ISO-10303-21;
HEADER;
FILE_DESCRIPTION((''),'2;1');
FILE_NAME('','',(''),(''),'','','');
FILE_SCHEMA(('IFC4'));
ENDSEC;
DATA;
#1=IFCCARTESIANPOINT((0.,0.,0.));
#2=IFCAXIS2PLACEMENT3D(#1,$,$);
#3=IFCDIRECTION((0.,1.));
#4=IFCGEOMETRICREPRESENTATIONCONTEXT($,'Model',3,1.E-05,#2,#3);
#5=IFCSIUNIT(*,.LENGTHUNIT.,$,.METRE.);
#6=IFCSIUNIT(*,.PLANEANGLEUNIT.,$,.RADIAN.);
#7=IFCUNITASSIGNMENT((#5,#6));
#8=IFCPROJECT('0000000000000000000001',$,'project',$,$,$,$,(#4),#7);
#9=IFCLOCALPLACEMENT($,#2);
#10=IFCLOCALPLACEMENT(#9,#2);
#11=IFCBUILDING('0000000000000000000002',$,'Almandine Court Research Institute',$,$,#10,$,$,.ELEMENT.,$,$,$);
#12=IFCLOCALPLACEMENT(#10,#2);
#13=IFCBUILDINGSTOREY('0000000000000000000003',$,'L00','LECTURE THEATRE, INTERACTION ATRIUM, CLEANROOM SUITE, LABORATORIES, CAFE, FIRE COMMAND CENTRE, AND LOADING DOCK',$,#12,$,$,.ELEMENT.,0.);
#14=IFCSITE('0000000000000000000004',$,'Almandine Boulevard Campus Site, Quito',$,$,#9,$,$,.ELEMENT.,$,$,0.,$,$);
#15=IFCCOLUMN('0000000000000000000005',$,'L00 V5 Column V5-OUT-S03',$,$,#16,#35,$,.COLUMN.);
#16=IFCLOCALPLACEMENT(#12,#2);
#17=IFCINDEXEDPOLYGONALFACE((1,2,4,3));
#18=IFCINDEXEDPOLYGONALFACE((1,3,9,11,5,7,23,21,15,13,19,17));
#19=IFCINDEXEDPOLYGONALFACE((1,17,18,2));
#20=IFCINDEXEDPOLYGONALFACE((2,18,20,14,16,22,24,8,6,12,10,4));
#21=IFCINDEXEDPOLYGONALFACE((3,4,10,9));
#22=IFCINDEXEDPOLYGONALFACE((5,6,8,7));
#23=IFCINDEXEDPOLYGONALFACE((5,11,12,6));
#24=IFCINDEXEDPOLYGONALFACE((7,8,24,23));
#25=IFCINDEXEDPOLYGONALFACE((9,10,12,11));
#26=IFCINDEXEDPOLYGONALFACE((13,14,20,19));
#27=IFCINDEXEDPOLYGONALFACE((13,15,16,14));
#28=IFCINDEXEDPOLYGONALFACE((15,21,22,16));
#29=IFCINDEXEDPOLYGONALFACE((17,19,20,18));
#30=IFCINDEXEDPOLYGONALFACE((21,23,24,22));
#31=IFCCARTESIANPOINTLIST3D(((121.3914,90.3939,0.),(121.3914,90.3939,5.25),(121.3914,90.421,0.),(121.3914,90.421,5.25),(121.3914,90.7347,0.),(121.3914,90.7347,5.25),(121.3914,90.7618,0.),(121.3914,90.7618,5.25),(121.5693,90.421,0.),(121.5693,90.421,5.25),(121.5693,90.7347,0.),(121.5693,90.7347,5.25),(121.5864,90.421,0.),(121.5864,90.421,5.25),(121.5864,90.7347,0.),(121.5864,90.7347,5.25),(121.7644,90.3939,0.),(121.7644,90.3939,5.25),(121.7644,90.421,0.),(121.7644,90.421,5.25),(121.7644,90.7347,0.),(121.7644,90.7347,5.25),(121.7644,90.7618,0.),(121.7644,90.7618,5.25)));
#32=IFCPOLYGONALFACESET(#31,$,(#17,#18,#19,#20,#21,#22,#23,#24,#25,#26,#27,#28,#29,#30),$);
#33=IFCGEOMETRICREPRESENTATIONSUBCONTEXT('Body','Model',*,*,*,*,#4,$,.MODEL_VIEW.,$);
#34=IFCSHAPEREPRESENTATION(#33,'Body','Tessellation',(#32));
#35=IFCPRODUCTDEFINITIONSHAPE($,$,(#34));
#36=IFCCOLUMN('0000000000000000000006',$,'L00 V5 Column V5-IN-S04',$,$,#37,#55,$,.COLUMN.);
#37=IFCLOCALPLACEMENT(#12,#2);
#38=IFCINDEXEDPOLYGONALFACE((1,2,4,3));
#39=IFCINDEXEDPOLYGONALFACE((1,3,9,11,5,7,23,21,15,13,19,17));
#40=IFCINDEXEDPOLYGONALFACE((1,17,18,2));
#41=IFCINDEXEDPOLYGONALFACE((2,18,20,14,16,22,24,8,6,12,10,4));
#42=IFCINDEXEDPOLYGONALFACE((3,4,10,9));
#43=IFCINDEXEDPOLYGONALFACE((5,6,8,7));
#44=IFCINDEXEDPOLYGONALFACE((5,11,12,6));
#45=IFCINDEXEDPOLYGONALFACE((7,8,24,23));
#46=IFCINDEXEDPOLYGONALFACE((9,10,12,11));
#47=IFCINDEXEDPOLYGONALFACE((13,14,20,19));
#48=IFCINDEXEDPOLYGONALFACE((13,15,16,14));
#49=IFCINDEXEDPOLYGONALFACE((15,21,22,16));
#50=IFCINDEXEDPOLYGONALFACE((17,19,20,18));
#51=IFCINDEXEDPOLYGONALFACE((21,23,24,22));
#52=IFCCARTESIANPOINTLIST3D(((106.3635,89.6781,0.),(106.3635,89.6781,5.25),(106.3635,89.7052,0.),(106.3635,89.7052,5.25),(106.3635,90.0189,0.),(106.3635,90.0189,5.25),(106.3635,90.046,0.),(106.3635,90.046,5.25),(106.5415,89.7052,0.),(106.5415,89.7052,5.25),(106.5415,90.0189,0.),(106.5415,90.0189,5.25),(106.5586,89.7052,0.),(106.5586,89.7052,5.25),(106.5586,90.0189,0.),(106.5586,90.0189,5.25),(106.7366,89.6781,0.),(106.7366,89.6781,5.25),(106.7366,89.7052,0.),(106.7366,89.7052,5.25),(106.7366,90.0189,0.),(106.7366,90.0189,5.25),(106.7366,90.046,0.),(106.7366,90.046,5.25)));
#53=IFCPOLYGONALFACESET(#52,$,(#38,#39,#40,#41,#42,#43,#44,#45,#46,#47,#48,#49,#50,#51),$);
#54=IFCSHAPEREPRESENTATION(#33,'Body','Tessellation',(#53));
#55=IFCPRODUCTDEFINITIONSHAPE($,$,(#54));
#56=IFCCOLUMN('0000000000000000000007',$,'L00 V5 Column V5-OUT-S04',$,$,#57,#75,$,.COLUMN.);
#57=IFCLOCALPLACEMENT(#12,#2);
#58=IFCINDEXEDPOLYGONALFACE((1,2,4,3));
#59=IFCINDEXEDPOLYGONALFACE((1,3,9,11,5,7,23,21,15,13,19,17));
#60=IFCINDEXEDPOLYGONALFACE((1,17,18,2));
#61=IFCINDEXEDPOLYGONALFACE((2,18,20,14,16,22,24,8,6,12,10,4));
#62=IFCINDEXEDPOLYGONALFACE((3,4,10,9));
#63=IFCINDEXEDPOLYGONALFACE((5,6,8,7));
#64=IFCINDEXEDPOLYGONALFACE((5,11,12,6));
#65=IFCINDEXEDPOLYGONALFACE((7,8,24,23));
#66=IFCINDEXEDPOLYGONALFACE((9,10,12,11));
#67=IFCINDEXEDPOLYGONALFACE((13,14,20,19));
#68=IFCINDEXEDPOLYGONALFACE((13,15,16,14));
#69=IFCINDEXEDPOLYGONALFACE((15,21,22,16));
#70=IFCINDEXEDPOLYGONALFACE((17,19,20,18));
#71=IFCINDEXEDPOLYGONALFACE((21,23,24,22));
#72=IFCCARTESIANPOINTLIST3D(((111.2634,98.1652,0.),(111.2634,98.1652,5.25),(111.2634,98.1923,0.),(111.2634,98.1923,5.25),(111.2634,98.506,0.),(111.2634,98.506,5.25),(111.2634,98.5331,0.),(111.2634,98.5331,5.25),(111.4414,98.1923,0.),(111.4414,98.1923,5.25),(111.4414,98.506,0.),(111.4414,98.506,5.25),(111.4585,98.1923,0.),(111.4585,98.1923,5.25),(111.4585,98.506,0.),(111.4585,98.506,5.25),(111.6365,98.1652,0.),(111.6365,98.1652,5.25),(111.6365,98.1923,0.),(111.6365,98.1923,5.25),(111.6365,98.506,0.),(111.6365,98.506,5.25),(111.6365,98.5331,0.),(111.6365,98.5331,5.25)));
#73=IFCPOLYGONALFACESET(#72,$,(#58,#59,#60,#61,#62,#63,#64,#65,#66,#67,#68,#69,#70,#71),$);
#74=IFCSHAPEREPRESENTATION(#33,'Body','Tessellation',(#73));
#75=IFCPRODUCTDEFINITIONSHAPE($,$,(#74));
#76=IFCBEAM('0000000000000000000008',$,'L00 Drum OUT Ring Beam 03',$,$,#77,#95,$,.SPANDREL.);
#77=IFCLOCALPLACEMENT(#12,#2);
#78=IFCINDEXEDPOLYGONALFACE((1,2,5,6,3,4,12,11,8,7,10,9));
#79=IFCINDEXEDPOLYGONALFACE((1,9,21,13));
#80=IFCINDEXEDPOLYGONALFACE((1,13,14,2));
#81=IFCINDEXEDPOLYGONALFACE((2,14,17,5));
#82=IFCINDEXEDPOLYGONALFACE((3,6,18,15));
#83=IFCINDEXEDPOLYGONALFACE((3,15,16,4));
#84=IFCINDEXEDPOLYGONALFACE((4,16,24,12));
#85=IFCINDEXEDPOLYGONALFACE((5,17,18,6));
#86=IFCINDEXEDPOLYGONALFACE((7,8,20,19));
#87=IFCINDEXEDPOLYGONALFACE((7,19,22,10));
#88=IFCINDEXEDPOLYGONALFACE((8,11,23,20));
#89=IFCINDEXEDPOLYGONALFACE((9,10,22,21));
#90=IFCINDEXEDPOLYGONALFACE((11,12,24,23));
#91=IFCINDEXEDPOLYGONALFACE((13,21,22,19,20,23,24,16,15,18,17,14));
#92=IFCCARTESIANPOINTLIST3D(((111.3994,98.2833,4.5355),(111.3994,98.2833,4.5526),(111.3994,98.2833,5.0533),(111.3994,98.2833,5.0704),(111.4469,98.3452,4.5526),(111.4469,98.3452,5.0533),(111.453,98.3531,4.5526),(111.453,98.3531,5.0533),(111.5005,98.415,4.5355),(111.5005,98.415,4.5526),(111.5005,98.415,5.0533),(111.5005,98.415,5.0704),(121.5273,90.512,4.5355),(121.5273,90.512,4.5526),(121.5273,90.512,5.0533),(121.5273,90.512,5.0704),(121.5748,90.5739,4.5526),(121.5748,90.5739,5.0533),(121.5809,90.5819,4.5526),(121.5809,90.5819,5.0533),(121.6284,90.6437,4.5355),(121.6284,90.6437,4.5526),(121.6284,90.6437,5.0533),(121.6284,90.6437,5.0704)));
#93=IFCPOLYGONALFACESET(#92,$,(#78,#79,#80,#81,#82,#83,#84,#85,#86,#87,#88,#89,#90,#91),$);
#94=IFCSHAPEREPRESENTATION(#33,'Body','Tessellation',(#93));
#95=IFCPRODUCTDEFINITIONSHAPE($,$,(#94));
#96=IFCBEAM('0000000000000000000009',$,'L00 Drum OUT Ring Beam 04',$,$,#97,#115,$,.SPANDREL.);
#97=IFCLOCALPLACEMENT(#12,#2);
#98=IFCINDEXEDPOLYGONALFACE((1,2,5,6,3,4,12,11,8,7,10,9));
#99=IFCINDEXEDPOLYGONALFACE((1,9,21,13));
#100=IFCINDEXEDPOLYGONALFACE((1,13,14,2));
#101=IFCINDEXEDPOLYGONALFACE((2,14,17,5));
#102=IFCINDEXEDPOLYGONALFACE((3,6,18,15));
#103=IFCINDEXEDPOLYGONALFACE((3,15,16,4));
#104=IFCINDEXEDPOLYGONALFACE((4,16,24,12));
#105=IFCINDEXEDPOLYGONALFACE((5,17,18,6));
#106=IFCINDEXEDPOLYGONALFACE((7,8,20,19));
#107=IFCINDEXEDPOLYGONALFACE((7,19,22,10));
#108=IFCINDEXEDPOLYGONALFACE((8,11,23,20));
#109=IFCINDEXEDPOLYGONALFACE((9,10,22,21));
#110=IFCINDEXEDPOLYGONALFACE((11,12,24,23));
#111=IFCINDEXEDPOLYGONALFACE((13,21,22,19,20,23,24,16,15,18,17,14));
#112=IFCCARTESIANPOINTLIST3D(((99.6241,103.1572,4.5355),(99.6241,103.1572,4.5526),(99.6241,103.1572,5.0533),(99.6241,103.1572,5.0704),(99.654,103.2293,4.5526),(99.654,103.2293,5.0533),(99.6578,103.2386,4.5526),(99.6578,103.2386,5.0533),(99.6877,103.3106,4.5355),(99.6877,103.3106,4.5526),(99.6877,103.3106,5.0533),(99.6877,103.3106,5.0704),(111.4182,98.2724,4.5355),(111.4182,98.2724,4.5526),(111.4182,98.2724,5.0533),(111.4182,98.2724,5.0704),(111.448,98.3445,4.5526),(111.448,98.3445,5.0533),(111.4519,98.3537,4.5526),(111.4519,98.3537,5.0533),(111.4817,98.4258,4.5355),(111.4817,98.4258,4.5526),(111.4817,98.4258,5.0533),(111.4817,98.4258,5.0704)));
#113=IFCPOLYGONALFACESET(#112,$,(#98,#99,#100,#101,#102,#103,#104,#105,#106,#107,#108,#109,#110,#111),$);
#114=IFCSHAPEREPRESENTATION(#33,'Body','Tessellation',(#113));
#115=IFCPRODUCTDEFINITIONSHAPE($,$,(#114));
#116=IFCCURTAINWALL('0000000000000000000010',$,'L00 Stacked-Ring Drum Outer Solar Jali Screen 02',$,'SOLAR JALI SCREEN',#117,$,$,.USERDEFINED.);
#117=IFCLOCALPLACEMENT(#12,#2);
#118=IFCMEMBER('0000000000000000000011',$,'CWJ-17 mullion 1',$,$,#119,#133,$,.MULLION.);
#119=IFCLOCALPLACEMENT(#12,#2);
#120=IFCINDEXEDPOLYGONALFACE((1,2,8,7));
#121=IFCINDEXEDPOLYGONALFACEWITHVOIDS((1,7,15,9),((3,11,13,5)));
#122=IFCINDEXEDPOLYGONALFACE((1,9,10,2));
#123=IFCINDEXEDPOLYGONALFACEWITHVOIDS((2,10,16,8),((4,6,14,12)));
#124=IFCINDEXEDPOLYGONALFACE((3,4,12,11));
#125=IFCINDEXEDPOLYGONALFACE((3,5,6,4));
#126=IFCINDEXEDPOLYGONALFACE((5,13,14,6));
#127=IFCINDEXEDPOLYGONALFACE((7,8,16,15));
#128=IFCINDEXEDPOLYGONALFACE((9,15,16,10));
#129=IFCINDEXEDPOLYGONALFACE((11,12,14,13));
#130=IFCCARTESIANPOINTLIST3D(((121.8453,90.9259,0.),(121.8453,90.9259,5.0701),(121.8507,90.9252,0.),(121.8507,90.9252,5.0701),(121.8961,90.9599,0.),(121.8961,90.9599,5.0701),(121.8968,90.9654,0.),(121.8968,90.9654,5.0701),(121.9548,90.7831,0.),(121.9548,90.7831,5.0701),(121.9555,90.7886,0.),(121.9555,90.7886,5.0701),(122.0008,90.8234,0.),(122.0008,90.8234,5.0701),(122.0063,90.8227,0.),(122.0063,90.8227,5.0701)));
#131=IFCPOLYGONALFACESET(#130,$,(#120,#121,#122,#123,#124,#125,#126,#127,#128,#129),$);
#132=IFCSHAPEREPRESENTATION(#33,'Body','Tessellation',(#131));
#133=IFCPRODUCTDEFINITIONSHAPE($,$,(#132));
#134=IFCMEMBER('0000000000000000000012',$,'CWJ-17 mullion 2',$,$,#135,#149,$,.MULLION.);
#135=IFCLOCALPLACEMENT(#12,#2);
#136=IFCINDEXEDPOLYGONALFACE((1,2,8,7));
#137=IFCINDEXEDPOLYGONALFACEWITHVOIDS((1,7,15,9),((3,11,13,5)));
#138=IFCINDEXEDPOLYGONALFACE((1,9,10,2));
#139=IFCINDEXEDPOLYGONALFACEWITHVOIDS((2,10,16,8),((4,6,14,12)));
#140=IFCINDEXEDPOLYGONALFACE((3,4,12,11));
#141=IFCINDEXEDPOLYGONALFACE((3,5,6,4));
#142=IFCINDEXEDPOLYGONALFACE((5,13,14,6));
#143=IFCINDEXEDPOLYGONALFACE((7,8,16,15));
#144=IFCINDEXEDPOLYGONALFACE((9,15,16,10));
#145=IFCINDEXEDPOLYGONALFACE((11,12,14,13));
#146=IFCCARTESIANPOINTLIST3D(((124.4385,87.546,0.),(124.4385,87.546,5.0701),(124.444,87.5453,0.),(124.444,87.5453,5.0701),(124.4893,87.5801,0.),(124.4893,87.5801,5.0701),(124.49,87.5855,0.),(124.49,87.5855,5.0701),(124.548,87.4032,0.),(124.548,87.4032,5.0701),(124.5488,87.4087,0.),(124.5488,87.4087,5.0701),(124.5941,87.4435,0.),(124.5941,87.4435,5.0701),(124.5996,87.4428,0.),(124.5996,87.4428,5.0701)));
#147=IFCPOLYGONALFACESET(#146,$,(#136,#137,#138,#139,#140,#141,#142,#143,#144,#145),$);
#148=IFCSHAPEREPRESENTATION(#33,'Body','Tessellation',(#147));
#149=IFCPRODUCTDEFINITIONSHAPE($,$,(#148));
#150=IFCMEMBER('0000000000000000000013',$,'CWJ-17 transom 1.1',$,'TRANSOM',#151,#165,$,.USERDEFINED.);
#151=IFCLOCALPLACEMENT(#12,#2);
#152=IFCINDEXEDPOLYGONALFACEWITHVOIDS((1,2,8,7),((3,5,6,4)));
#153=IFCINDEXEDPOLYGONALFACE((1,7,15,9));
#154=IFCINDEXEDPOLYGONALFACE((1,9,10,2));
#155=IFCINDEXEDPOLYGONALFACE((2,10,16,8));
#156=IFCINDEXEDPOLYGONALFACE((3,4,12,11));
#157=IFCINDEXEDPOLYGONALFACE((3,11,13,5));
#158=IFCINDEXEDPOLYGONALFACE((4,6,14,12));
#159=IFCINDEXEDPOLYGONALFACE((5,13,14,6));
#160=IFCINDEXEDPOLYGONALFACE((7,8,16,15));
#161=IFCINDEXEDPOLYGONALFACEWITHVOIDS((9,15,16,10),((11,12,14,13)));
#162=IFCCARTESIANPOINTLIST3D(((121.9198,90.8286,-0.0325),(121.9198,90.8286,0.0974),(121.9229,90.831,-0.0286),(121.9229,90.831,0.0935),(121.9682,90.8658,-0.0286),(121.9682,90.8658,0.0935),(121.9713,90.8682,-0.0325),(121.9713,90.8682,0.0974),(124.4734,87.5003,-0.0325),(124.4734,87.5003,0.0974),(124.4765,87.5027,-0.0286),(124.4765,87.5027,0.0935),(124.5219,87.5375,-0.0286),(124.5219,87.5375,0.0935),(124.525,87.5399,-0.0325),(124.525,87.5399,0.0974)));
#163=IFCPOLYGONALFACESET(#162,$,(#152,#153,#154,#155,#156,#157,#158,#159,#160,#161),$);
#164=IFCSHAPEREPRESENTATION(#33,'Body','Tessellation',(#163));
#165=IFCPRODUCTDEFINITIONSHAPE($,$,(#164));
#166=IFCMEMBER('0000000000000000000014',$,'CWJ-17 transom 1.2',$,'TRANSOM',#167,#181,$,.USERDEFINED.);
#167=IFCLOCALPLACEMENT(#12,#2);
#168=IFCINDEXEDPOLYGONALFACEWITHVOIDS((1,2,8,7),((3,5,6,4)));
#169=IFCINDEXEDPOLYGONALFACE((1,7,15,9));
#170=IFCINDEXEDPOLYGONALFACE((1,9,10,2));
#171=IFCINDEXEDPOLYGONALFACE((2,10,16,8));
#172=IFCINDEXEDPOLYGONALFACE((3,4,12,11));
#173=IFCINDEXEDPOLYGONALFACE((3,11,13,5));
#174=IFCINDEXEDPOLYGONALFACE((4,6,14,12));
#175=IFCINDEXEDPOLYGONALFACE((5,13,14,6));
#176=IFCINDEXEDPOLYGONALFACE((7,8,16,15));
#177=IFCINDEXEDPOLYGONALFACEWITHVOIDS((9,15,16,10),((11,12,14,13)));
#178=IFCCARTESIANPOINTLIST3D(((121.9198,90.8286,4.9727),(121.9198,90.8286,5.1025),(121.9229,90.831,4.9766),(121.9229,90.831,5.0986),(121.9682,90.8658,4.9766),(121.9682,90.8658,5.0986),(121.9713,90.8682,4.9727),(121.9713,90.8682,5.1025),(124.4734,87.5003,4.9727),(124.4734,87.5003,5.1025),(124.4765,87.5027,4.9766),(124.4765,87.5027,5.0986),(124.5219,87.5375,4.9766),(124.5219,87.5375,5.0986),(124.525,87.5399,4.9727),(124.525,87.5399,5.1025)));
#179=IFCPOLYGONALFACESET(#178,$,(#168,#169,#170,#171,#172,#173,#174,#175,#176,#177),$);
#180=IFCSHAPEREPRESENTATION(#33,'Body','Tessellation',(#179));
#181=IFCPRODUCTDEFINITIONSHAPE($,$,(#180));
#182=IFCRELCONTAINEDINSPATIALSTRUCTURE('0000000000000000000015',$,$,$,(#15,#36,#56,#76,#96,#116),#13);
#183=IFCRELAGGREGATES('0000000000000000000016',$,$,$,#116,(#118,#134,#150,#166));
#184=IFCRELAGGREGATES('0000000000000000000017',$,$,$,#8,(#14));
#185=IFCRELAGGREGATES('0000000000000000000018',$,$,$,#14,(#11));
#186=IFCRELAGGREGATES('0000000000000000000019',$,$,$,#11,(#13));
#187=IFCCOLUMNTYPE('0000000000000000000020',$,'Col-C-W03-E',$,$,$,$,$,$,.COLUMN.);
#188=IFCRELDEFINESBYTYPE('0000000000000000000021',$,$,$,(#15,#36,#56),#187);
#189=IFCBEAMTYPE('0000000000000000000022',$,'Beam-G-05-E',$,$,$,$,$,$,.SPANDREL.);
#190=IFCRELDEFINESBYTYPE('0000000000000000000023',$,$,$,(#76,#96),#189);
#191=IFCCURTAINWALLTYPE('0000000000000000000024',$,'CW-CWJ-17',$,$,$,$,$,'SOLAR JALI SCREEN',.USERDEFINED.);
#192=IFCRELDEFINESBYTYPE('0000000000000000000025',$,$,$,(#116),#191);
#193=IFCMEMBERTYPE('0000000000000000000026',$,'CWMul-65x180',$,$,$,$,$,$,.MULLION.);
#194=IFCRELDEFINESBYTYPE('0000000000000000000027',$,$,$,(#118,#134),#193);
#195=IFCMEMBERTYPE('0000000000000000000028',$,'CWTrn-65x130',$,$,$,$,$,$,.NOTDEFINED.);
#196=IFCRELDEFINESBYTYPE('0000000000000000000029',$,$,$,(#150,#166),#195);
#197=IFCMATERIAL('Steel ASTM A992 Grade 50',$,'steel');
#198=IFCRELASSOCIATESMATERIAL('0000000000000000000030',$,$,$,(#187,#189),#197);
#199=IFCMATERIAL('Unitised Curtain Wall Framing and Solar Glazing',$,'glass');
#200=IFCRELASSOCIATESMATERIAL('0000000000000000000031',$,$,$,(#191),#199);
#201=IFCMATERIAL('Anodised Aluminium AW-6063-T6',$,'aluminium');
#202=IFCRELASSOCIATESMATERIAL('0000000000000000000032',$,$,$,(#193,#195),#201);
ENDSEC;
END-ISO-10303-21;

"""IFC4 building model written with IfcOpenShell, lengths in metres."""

from ifc_helpers import new_model, si_unit, direction, frame, origin, origin_2d, place, context, subcontext, project, spatial, hollow_rectangle, i_section, extrude, material, material_profile, profile_set, type_object, element, aggregate, save


model = new_model("IFC4")

# Units and contexts
model_context = context("Model", 3, precision=1e-05, world=origin(), true_north=direction((0.0, 1.0)))
body_context = subcontext(model_context, "Body", "Model", "MODEL_VIEW")
ifc_project = project(units=[si_unit("LENGTHUNIT", "METRE"), si_unit("PLANEANGLEUNIT", "RADIAN")], contexts=[model_context])

# Site, building, storey
site_placement = place(None, origin())
site = spatial("IfcSite", under=ifc_project, at=site_placement, Name="Almandine Boulevard Campus Site, Quito", CompositionType="ELEMENT", RefElevation=0.0)
building_placement = place(site_placement, origin())
building = spatial("IfcBuilding", under=site, at=building_placement, Name="Almandine Court Research Institute", CompositionType="ELEMENT")
storey_placement = place(building_placement, origin())
storey = spatial("IfcBuildingStorey", under=building, at=storey_placement, Name="L00", Description="LECTURE THEATRE, INTERACTION ATRIUM, CLEANROOM SUITE, LABORATORIES, CAFE, FIRE COMMAND CENTRE, AND LOADING DOCK", CompositionType="ELEMENT", Elevation=0.0)

# Columns
ifc_material_1 = material(Name="Steel ASTM A992 Grade 50", Category="steel")
ifc_material_profile_1 = material_profile(ifc_material_1, i_section(OverallWidth=0.373, OverallDepth=0.3679, WebThickness=0.0171, FlangeThickness=0.0271, at=origin_2d()), Name="W360x179")
ifc_profile_set_1 = profile_set([ifc_material_profile_1], Name="Steel ASTM A992 Grade 50")
column_type = type_object("IfcColumnType", Name="Col-C-W03-E", PredefinedType="COLUMN", material=ifc_profile_set_1)
for number, where, z_axis, x_axis, name in (
    (1, (121.5779, 90.5779, 0.0), (0.0, 0.0, 1.0), (1.0, 0.0, 0.0), "L00 V5 Column V5-OUT-S03"),
    (2, (106.55, 89.8621, 0.0), (0.0, 0.0, 1.0), (1.0, 0.0, 0.0), "L00 V5 Column V5-IN-S04"),
    (3, (111.45, 98.3491, 0.0), (0.0, 0.0, 1.0), (1.0, 0.0, 0.0), "L00 V5 Column V5-OUT-S04"),
):
    element("IfcColumn", number, at=place(storey_placement, frame(where, z_axis=z_axis, x_axis=x_axis)), inside=storey, type_object=column_type, Name=name, PredefinedType="COLUMN", context=body_context, shape_type="SweptSolid", body=[
        extrude(i_section(OverallWidth=0.373, OverallDepth=0.3679, WebThickness=0.0171, FlangeThickness=0.0271, at=origin_2d()), origin(), (0.0, 0.0, 1.0), 5.25),
    ])

# Beams
ifc_material_profile_2 = material_profile(ifc_material_1, i_section(OverallWidth=0.166, OverallDepth=0.5349, WebThickness=0.01, FlangeThickness=0.0171, at=origin_2d()), Name="W530x85")
ifc_profile_set_2 = profile_set([ifc_material_profile_2], Name="Steel ASTM A992 Grade 50")
beam_type = type_object("IfcBeamType", Name="Beam-G-05-E", PredefinedType="SPANDREL", material=ifc_profile_set_2)
beam_1_placement = place(storey_placement, frame((121.5779, 90.5779, 4.803), z_axis=(-0.793361, 0.608752, 0.0), x_axis=(-0.608752, -0.793361, 0.0)))
element("IfcBeam", 4, at=beam_1_placement, inside=storey, type_object=beam_type, Name="L00 Drum OUT Ring Beam 03", PredefinedType="SPANDREL", context=body_context, shape_type="SweptSolid", body=[
    extrude(i_section(OverallWidth=0.166, OverallDepth=0.5349, WebThickness=0.01, FlangeThickness=0.0171, at=origin_2d()), origin(), (0.0, 0.0, 1.0), 12.7659),
])
beam_2_placement = place(storey_placement, frame((111.45, 98.3491, 4.803), z_axis=(-0.923892, 0.382654, 0.0), x_axis=(-0.382654, -0.923892, 0.0)))
element("IfcBeam", 5, at=beam_2_placement, inside=storey, type_object=beam_type, Name="L00 Drum OUT Ring Beam 04", PredefinedType="SPANDREL", context=body_context, shape_type="SweptSolid", body=[
    extrude(i_section(OverallWidth=0.166, OverallDepth=0.5349, WebThickness=0.01, FlangeThickness=0.0171, at=origin_2d()), origin(), (0.0, 0.0, 1.0), 12.7656),
])

# Curtain wall, members
ifc_material_2 = material(Name="Unitised Curtain Wall Framing and Solar Glazing", Category="glass")
curtain_wall_type_1 = type_object("IfcCurtainWallType", Name="CW-CWJ-17", ElementType="SOLAR JALI SCREEN", PredefinedType="USERDEFINED", material=ifc_material_2)
curtain_wall_1_placement = place(storey_placement, origin())
curtain_wall_1 = element("IfcCurtainWall", 6, at=curtain_wall_1_placement, inside=storey, type_object=curtain_wall_type_1, Name="L00 Stacked-Ring Drum Outer Solar Jali Screen 02", ObjectType="SOLAR JALI SCREEN", PredefinedType="USERDEFINED")
ifc_material_3 = material(Name="Anodised Aluminium AW-6063-T6", Category="aluminium")
ifc_material_profile_3 = material_profile(ifc_material_3, hollow_rectangle(XDim=0.0649, YDim=0.1799, WallThickness=0.0039, at=origin_2d()), Name="ALU RHS 65x180x4")
ifc_profile_set_3 = profile_set([ifc_material_profile_3], Name="Anodised Aluminium AW-6063-T6")
member_type_1 = type_object("IfcMemberType", Name="CWMul-65x180", PredefinedType="MULLION", material=ifc_profile_set_3)
member_1_placement = place(storey_placement, frame((121.9258, 90.8743, 0.0), z_axis=(0.0, 0.0, 1.0), x_axis=(0.793383, 0.608723, 0.0)))
member_1 = element("IfcMember", 7, at=member_1_placement, type_object=member_type_1, Name="CWJ-17 mullion 1", PredefinedType="MULLION", context=body_context, shape_type="SweptSolid", body=[
    extrude(hollow_rectangle(XDim=0.0649, YDim=0.1799, WallThickness=0.0039, at=origin_2d()), origin(), (0.0, 0.0, 1.0), 5.0701),
])
member_2_placement = place(storey_placement, frame((124.519, 87.4944, 0.0), z_axis=(0.0, 0.0, 1.0), x_axis=(0.793383, 0.608723, 0.0)))
member_2 = element("IfcMember", 8, at=member_2_placement, type_object=member_type_1, Name="CWJ-17 mullion 2", PredefinedType="MULLION", context=body_context, shape_type="SweptSolid", body=[
    extrude(hollow_rectangle(XDim=0.0649, YDim=0.1799, WallThickness=0.0039, at=origin_2d()), origin(), (0.0, 0.0, 1.0), 5.0701),
])
ifc_material_profile_4 = material_profile(ifc_material_3, hollow_rectangle(XDim=0.0649, YDim=0.1299, WallThickness=0.0039, at=origin_2d()), Name="ALU RHS 65x130x4")
ifc_profile_set_4 = profile_set([ifc_material_profile_4], Name="Anodised Aluminium AW-6063-T6")
member_type_2 = type_object("IfcMemberType", Name="CWTrn-65x130", PredefinedType="NOTDEFINED", material=ifc_profile_set_4)
member_3_placement = place(storey_placement, frame((121.9456, 90.8484, 0.0325), z_axis=(0.608726, -0.793381, 0.0), x_axis=(0.793381, 0.608726, 0.0)))
member_3 = element("IfcMember", 9, at=member_3_placement, type_object=member_type_2, Name="CWJ-17 transom 1.1", ObjectType="TRANSOM", PredefinedType="USERDEFINED", context=body_context, shape_type="SweptSolid", body=[
    extrude(hollow_rectangle(XDim=0.0649, YDim=0.1299, WallThickness=0.0039, at=origin_2d()), origin(), (0.0, 0.0, 1.0), 4.1951),
])
member_4_placement = place(storey_placement, frame((121.9456, 90.8484, 5.0376), z_axis=(0.608726, -0.793381, 0.0), x_axis=(0.793381, 0.608726, 0.0)))
member_4 = element("IfcMember", 10, at=member_4_placement, type_object=member_type_2, Name="CWJ-17 transom 1.2", ObjectType="TRANSOM", PredefinedType="USERDEFINED", context=body_context, shape_type="SweptSolid", body=[
    extrude(hollow_rectangle(XDim=0.0649, YDim=0.1299, WallThickness=0.0039, at=origin_2d()), origin(), (0.0, 0.0, 1.0), 4.1951),
])

aggregate(curtain_wall_1, [member_1, member_2, member_3, member_4])

save(model, "model.ifc")
